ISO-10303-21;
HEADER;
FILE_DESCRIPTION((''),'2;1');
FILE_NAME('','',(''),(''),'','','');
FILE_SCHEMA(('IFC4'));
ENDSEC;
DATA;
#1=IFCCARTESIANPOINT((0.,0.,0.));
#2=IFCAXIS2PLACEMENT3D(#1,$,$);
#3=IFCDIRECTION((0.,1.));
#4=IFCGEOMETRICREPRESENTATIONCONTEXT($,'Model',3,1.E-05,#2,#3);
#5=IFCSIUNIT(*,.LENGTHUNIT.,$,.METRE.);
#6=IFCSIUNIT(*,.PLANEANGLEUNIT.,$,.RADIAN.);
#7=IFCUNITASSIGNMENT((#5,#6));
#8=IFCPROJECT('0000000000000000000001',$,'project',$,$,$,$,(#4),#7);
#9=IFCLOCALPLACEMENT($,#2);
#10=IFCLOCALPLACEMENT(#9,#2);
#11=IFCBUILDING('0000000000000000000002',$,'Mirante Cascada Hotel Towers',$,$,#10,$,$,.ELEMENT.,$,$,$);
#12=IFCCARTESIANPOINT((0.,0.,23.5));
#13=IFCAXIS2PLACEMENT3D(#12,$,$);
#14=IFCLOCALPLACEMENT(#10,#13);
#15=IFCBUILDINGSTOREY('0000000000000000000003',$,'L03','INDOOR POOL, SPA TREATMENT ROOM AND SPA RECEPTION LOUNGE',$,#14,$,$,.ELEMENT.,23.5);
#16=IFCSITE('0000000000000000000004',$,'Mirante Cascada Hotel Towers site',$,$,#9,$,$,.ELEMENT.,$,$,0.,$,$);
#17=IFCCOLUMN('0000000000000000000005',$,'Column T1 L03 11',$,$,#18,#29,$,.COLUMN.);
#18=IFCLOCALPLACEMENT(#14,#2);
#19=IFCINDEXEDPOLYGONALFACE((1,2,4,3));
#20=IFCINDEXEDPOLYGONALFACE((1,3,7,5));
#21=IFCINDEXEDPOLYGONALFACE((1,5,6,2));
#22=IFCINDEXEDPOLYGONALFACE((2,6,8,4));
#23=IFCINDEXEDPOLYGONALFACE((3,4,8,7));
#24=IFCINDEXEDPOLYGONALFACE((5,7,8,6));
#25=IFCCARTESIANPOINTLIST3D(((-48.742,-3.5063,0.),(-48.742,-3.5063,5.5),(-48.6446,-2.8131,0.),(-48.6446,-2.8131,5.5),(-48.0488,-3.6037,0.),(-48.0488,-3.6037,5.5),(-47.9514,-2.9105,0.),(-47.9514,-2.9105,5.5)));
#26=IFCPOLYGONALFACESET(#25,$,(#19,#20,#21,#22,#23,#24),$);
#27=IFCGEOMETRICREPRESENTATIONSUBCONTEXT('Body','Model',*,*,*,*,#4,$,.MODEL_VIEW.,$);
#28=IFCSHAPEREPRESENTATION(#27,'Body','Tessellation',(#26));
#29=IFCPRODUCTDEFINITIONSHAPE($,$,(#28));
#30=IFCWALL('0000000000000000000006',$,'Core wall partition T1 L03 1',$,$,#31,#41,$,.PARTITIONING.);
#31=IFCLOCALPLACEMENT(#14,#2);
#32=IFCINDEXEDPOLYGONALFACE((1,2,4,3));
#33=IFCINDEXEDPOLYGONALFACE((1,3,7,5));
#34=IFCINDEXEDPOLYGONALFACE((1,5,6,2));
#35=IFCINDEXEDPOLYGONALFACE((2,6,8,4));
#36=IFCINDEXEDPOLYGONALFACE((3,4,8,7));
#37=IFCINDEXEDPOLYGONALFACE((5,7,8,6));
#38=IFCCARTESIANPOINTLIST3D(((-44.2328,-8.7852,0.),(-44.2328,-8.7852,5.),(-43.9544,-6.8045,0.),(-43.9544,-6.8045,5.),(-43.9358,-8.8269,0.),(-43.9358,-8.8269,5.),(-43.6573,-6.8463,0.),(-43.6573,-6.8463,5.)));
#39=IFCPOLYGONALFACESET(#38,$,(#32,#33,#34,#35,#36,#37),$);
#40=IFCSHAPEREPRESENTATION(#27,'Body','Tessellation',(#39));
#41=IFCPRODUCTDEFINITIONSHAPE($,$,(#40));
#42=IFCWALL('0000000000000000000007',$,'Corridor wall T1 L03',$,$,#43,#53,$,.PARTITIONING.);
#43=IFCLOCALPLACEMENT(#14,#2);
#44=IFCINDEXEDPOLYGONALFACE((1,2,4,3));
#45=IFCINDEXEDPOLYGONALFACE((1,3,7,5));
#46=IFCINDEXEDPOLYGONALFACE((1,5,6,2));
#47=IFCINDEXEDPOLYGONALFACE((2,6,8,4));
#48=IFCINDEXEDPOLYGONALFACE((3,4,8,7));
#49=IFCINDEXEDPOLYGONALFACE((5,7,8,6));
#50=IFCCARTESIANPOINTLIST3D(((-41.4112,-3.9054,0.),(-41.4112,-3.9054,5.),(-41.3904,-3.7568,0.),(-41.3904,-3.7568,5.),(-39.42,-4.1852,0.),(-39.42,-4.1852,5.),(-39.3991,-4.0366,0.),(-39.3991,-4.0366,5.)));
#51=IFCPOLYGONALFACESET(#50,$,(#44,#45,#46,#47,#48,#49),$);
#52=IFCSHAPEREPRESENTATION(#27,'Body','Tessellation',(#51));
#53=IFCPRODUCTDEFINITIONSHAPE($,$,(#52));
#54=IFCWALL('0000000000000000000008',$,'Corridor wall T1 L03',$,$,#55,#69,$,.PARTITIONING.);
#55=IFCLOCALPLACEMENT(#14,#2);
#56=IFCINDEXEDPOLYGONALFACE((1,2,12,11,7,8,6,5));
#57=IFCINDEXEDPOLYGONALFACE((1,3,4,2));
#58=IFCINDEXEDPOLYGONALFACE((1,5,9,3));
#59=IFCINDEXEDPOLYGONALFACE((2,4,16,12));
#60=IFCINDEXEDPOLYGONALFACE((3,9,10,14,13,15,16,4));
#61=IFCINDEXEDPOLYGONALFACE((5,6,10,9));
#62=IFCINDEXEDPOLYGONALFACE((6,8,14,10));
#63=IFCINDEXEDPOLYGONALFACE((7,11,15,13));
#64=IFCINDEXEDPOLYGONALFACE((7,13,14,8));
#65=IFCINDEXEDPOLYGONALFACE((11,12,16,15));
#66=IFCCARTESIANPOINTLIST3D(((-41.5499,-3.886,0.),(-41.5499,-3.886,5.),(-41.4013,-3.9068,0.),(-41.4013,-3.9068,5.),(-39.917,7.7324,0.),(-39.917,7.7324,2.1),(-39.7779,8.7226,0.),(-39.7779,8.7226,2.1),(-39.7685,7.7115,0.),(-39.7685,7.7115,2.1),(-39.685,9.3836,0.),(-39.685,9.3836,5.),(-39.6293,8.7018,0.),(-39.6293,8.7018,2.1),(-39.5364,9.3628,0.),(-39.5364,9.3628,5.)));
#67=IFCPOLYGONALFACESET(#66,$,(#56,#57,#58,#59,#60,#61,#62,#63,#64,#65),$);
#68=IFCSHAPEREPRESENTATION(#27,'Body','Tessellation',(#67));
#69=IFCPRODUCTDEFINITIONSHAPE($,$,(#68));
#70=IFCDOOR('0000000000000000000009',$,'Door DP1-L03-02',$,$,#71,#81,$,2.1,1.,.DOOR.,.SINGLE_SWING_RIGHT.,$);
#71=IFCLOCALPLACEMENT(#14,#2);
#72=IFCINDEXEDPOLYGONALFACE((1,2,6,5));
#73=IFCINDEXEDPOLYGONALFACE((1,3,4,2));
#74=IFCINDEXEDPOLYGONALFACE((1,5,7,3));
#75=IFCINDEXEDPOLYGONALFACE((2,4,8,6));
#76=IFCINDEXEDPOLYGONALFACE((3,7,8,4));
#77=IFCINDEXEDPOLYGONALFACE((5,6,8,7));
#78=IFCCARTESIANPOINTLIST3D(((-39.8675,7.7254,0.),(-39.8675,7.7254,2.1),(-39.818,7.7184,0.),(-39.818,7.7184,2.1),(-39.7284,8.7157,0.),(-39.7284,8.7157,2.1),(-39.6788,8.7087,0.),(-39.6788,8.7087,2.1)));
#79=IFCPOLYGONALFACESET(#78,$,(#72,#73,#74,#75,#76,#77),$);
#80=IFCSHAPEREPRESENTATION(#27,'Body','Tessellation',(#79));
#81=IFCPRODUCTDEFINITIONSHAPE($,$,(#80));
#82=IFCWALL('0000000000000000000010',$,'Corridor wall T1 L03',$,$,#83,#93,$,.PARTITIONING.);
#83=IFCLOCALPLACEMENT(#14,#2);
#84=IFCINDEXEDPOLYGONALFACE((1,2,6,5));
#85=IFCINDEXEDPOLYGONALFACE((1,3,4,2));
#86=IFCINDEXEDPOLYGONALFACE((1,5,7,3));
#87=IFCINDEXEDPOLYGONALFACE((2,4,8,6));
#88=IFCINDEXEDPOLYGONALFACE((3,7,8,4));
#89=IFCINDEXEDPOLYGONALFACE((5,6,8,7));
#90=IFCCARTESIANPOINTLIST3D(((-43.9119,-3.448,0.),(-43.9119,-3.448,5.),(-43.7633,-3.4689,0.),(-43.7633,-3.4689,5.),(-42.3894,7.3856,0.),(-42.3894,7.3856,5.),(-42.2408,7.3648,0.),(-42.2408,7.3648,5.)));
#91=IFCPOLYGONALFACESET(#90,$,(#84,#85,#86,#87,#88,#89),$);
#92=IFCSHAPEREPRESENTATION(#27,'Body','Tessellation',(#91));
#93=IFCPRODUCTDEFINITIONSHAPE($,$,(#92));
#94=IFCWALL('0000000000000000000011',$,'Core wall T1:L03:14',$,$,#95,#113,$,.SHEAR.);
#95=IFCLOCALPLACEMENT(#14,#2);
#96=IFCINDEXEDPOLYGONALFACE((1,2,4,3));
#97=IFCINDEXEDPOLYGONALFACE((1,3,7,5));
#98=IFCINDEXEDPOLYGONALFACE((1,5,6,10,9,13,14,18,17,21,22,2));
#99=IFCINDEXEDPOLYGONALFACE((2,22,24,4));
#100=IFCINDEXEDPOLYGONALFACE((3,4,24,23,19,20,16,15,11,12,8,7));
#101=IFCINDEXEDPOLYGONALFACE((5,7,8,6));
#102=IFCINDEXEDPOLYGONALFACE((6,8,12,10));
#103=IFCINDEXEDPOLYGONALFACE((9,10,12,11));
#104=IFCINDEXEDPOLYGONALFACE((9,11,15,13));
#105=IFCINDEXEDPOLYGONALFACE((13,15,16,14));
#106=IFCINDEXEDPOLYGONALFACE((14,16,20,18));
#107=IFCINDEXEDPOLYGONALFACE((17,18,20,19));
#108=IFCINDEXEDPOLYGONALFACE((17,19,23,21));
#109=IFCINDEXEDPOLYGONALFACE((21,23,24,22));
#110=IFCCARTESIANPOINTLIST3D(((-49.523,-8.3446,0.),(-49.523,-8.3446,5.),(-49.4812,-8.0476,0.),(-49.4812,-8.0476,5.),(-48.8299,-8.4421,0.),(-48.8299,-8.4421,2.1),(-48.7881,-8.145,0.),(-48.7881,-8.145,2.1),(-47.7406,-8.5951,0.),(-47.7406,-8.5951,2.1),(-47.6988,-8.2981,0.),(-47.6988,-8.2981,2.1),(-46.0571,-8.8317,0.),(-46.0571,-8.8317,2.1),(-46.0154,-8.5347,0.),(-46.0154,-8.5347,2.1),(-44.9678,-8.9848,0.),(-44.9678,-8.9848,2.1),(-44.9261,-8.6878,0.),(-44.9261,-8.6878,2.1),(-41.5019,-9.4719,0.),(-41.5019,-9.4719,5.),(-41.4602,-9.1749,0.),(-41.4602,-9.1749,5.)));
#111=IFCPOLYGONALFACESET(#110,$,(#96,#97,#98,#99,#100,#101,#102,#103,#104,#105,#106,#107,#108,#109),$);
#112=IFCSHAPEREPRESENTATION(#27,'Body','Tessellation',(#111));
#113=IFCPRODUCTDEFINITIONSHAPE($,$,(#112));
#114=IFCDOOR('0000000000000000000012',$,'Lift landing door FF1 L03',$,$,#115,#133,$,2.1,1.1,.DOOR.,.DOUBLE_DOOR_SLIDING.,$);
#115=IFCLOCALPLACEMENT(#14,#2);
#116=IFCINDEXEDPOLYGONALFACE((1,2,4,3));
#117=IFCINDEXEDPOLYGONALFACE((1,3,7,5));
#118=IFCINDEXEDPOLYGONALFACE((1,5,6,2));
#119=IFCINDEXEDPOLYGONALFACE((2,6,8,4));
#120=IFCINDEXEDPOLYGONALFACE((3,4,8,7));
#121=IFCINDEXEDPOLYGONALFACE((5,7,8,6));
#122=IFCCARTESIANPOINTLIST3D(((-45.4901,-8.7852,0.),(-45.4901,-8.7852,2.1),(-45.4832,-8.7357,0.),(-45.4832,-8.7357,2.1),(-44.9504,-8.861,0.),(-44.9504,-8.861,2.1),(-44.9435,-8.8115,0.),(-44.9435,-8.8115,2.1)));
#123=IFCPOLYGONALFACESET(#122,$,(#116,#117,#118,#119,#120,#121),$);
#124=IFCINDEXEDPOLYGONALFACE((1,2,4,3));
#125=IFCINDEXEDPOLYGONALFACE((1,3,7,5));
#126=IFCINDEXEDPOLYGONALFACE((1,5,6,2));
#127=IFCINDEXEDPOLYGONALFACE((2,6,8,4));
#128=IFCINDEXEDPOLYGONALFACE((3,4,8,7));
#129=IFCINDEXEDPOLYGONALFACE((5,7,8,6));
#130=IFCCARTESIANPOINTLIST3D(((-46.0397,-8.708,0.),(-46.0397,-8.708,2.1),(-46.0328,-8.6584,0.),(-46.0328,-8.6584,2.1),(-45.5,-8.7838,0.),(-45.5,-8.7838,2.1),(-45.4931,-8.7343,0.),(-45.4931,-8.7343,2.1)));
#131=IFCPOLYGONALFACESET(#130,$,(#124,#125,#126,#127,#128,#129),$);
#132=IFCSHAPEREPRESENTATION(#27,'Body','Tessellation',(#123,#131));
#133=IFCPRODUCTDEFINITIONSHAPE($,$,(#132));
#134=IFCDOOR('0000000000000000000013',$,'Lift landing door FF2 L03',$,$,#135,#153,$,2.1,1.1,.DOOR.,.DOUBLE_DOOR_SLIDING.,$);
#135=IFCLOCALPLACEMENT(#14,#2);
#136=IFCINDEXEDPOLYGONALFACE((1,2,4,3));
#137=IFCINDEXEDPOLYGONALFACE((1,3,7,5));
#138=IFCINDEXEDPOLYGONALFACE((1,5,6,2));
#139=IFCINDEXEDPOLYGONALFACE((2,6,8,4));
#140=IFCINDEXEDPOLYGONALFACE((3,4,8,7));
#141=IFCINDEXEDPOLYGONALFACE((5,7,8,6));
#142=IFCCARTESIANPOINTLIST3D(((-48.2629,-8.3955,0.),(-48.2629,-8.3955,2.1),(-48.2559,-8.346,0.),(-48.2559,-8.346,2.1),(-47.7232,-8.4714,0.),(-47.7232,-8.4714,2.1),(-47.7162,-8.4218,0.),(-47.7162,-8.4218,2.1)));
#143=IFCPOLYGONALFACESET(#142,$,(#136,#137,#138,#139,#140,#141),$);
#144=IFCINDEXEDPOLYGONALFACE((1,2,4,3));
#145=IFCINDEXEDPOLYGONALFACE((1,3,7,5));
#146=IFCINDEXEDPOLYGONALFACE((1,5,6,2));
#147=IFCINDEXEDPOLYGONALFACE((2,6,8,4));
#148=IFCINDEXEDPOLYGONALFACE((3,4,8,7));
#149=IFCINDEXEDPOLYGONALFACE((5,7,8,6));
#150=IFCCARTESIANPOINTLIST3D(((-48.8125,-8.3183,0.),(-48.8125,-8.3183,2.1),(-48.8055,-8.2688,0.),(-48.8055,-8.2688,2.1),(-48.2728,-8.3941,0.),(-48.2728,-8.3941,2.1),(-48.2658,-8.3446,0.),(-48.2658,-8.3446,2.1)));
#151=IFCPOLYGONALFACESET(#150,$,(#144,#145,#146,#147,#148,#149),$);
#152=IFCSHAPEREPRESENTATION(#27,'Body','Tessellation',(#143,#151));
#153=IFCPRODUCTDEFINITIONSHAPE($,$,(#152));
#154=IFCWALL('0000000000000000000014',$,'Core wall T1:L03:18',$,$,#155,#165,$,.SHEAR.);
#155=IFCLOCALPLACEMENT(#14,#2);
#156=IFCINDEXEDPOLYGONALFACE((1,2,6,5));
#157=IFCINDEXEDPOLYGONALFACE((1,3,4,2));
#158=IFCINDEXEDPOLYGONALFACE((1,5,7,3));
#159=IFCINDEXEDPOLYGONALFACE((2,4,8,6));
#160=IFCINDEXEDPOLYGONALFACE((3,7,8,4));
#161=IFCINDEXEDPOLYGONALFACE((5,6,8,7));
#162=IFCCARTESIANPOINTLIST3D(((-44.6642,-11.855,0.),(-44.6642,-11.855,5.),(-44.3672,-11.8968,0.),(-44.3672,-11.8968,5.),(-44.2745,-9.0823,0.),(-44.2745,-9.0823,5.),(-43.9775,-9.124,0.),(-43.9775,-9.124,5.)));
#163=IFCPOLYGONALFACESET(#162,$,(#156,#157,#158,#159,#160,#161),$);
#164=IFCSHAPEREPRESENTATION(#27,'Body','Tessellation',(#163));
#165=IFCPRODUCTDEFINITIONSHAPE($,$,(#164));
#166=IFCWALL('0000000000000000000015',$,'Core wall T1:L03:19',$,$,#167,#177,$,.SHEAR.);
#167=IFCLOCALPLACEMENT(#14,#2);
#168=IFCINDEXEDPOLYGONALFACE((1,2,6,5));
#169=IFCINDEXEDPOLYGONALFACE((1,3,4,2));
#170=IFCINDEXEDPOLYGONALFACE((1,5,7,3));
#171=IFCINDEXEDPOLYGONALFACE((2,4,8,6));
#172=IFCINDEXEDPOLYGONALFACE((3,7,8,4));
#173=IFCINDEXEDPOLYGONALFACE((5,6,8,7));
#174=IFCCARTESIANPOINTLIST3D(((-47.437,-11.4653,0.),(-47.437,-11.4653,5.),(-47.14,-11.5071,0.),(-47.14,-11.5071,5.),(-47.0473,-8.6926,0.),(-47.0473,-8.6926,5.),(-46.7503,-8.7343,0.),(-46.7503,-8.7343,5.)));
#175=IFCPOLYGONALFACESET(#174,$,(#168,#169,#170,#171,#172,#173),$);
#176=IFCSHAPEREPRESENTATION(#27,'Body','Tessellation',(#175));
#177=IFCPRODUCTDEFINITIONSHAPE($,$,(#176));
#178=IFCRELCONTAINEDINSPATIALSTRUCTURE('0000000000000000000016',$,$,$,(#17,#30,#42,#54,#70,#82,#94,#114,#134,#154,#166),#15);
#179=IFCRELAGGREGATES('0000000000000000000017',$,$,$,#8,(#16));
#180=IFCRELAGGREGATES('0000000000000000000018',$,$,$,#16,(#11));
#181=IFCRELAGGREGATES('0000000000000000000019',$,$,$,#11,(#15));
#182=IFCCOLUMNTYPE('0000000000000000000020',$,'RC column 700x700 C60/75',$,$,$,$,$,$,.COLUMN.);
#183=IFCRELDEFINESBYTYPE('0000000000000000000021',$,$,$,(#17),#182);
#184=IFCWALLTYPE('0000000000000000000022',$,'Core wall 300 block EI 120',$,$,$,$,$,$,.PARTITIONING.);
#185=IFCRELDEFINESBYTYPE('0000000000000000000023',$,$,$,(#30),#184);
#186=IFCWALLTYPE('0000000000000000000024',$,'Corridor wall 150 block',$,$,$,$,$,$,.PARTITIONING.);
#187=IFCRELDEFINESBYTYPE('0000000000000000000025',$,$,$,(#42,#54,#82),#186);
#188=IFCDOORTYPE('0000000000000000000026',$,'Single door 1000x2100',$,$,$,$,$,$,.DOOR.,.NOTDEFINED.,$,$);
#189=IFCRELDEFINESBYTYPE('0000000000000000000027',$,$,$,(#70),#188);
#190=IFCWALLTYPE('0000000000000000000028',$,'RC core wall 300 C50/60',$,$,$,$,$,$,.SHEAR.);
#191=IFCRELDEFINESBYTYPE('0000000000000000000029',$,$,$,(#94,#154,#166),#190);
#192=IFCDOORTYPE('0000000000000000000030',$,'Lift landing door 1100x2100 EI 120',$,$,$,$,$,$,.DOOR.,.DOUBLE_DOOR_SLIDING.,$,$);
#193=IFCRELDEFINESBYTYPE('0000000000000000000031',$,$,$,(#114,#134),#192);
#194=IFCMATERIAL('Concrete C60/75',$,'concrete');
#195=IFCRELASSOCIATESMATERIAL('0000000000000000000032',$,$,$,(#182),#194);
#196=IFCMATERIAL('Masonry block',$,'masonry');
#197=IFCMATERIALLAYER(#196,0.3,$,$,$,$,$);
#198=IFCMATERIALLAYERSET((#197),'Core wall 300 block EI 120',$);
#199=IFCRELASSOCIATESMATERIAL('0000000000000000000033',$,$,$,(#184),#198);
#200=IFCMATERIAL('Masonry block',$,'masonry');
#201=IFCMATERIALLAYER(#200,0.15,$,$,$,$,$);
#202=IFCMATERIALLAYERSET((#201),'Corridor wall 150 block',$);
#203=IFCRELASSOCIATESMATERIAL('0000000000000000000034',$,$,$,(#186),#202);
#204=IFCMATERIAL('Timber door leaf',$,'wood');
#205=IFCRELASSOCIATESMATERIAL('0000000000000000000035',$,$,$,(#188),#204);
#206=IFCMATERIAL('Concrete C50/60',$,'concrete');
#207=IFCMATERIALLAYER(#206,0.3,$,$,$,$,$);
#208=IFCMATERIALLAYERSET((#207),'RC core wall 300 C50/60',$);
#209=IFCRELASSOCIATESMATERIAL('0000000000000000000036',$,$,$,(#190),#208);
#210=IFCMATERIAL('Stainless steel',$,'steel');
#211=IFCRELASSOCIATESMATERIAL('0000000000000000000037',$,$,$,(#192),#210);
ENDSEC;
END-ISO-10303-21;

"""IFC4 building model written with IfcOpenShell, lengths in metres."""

from ifc_helpers import new_model, si_unit, direction, frame, frame_2d, origin, origin_2d, place, context, subcontext, project, spatial, rectangle, extrude, material, layer, layer_set, material_profile, profile_set, type_object, element, fill, save


model = new_model("IFC4")

# Units and contexts
model_context = context("Model", 3, precision=1e-05, world=origin(), true_north=direction((0.0, 1.0)))
body_context = subcontext(model_context, "Body", "Model", "MODEL_VIEW")
ifc_project = project(units=[si_unit("LENGTHUNIT", "METRE"), si_unit("PLANEANGLEUNIT", "RADIAN")], contexts=[model_context])

# Site, building, storey
site_placement = place(None, origin())
site = spatial("IfcSite", under=ifc_project, at=site_placement, Name="Mirante Cascada Hotel Towers site", CompositionType="ELEMENT", RefElevation=0.0)
building_placement = place(site_placement, origin())
building = spatial("IfcBuilding", under=site, at=building_placement, Name="Mirante Cascada Hotel Towers", CompositionType="ELEMENT")
storey_placement = place(building_placement, frame((0.0, 0.0, 23.5)))
storey = spatial("IfcBuildingStorey", under=building, at=storey_placement, Name="L03", Description="INDOOR POOL, SPA TREATMENT ROOM AND SPA RECEPTION LOUNGE", CompositionType="ELEMENT", Elevation=23.5)

# Column
ifc_material_1 = material(Name="Concrete C60/75", Category="concrete")
ifc_material_profile = material_profile(ifc_material_1, rectangle(XDim=0.7, YDim=0.7, at=origin_2d()), Name="RC column 700x700 C60/75")
ifc_profile_set = profile_set([ifc_material_profile], Name="Concrete C60/75")
column_type = type_object("IfcColumnType", Name="RC column 700x700 C60/75", PredefinedType="COLUMN", material=ifc_profile_set)
column_placement = place(storey_placement, frame((-48.3467, -3.2084, 0.0), z_axis=(0.0, 0.0, 1.0), x_axis=(-0.990268, 0.139173, 0.0)))
element("IfcColumn", 1, at=column_placement, inside=storey, type_object=column_type, Name="Column T1 L03 11", PredefinedType="COLUMN", context=body_context, shape_type="SweptSolid", body=[
    extrude(rectangle(XDim=0.7, YDim=0.7, at=origin_2d()), origin(), (0.0, 0.0, 1.0), 5.5),
])

# Walls
ifc_material_2 = material(Name="Masonry block", Category="masonry")
ifc_layer_1 = layer(ifc_material_2, 0.3)
ifc_layer_set_1 = layer_set([ifc_layer_1], Name="Core wall 300 block EI 120")
wall_type_1 = type_object("IfcWallType", Name="Core wall 300 block EI 120", PredefinedType="PARTITIONING", material=ifc_layer_set_1)
wall_1_placement = place(storey_placement, frame((-44.0843, -8.8061, 0.0), z_axis=(0.0, 0.0, 1.0), x_axis=(0.139195, 0.990265, 0.0)))
element("IfcWall", 2, at=wall_1_placement, inside=storey, type_object=wall_type_1, Name="Core wall partition T1 L03 1", PredefinedType="PARTITIONING", context=body_context, shape_type="SweptSolid", body=[
    extrude(rectangle(XDim=2.0001, YDim=0.3, at=frame_2d((1.0001, 0.0))), origin(), (0.0, 0.0, 1.0), 5.0),
])
ifc_material_3 = material(Name="Masonry block", Category="masonry")
ifc_layer_2 = layer(ifc_material_3, 0.15)
ifc_layer_set_2 = layer_set([ifc_layer_2], Name="Corridor wall 150 block")
wall_type_2 = type_object("IfcWallType", Name="Corridor wall 150 block", PredefinedType="PARTITIONING", material=ifc_layer_set_2)
wall_2_placement = place(storey_placement, frame((-41.4008, -3.8311, 0.0), z_axis=(0.0, 0.0, 1.0), x_axis=(0.990271, -0.139151, 0.0)))
element("IfcWall", 3, at=wall_2_placement, inside=storey, type_object=wall_type_2, Name="Corridor wall T1 L03", PredefinedType="PARTITIONING", context=body_context, shape_type="SweptSolid", body=[
    extrude(rectangle(XDim=2.0108, YDim=0.15, at=frame_2d((1.0054, 0.0))), origin(), (0.0, 0.0, 1.0), 5.0),
])

# Wall, opening, door
wall_3_placement = place(storey_placement, frame((-41.4756, -3.8964, 0.0), z_axis=(0.0, 0.0, 1.0), x_axis=(0.139172, 0.990268, 0.0)))
wall_3 = element("IfcWall", 4, at=wall_3_placement, inside=storey, type_object=wall_type_2, Name="Corridor wall T1 L03", PredefinedType="PARTITIONING", context=body_context, shape_type="SweptSolid", body=[
    extrude(rectangle(XDim=13.4, YDim=0.15, at=frame_2d((6.7, 0.0))), origin(), (0.0, 0.0, 1.0), 5.0),
])
opening_1_placement = place(wall_3_placement, frame((11.7325, 0.0, 0.0)))
opening_1 = element("IfcOpeningElement", 5, at=opening_1_placement, cuts=wall_3, PredefinedType="OPENING", context=body_context, shape_type="SweptSolid", body=[
    extrude(rectangle(XDim=1.0, YDim=2.1, at=frame_2d((0.5, 1.05))), frame((0.0, 0.075, 0.0), z_axis=(0.0, -1.0, 0.0), x_axis=(1.0, 0.0, 0.0)), (0.0, 0.0, 1.0), 0.15),
])
ifc_material_4 = material(Name="Timber door leaf", Category="wood")
door_type_1 = type_object("IfcDoorType", Name="Single door 1000x2100", OperationType="NOTDEFINED", PredefinedType="DOOR", material=ifc_material_4)
door_1_placement = place(opening_1_placement, frame((1.0, 0.0, 0.0), z_axis=(0.0, 0.0, 1.0), x_axis=(-1.0, 0.0, 0.0)))
door_1 = element("IfcDoor", 6, at=door_1_placement, inside=storey, type_object=door_type_1, Name="Door DP1-L03-02", OperationType="SINGLE_SWING_RIGHT", OverallHeight=2.1, OverallWidth=1.0, PredefinedType="DOOR", context=body_context, shape_type="SweptSolid", body=[
    extrude(rectangle(XDim=1.0, YDim=2.1, at=frame_2d((0.5, 1.05))), frame((0.0, 0.025, 0.0), z_axis=(0.0, -1.0, 0.0), x_axis=(1.0, 0.0, 0.0)), (0.0, 0.0, 1.0), 0.05),
])
fill(opening_1, door_1)

# Wall
wall_4_placement = place(storey_placement, frame((-43.8376, -3.4584, 0.0), z_axis=(0.0, 0.0, 1.0), x_axis=(0.139167, 0.990269, 0.0)))
element("IfcWall", 7, at=wall_4_placement, inside=storey, type_object=wall_type_2, Name="Corridor wall T1 L03", PredefinedType="PARTITIONING", context=body_context, shape_type="SweptSolid", body=[
    extrude(rectangle(XDim=10.9401, YDim=0.15, at=frame_2d((5.47, 0.0))), origin(), (0.0, 0.0, 1.0), 5.0),
])

# Wall, openings, doors
ifc_material_5 = material(Name="Concrete C50/60", Category="concrete")
ifc_layer_3 = layer(ifc_material_5, 0.3)
ifc_layer_set_3 = layer_set([ifc_layer_3], Name="RC core wall 300 C50/60")
wall_type_3 = type_object("IfcWallType", Name="RC core wall 300 C50/60", PredefinedType="SHEAR", material=ifc_layer_set_3)
wall_5_placement = place(storey_placement, frame((-41.481, -9.3234, 0.0), z_axis=(0.0, 0.0, 1.0), x_axis=(-0.990268, 0.139174, 0.0)))
wall_5 = element("IfcWall", 8, at=wall_5_placement, inside=storey, type_object=wall_type_3, Name="Core wall T1:L03:14", PredefinedType="SHEAR", context=body_context, shape_type="SweptSolid", body=[
    extrude(rectangle(XDim=8.0999, YDim=0.3, at=frame_2d((4.05, 0.0))), origin(), (0.0, 0.0, 1.0), 5.0),
])
opening_2_placement = place(wall_5_placement, frame((3.5, 0.0, 0.0)))
opening_2 = element("IfcOpeningElement", 9, at=opening_2_placement, cuts=wall_5, PredefinedType="OPENING", context=body_context, shape_type="SweptSolid", body=[
    extrude(rectangle(XDim=1.1, YDim=2.1, at=frame_2d((0.55, 1.05))), frame((0.0, 0.15, 0.0), z_axis=(0.0, -1.0, 0.0), x_axis=(1.0, 0.0, 0.0)), (0.0, 0.0, 1.0), 0.3),
])
opening_3_placement = place(wall_5_placement, frame((6.3, 0.0, 0.0)))
opening_3 = element("IfcOpeningElement", 10, at=opening_3_placement, cuts=wall_5, PredefinedType="OPENING", context=body_context, shape_type="SweptSolid", body=[
    extrude(rectangle(XDim=1.1, YDim=2.1, at=frame_2d((0.55, 1.05))), frame((0.0, 0.15, 0.0), z_axis=(0.0, -1.0, 0.0), x_axis=(1.0, 0.0, 0.0)), (0.0, 0.0, 1.0), 0.3),
])
ifc_material_6 = material(Name="Stainless steel", Category="steel")
door_type_2 = type_object("IfcDoorType", Name="Lift landing door 1100x2100 EI 120", OperationType="DOUBLE_DOOR_SLIDING", PredefinedType="DOOR", material=ifc_material_6)
door_2_placement = place(opening_2_placement, origin())
door_2 = element("IfcDoor", 11, at=door_2_placement, inside=storey, type_object=door_type_2, Name="Lift landing door FF1 L03", OperationType="DOUBLE_DOOR_SLIDING", OverallHeight=2.1, OverallWidth=1.1, PredefinedType="DOOR", context=body_context, shape_type="SweptSolid", body=[
    extrude(rectangle(XDim=0.545, YDim=2.1, at=frame_2d((0.2725, 1.05))), frame((0.0, 0.025, 0.0), z_axis=(0.0, -1.0, 0.0), x_axis=(1.0, 0.0, 0.0)), (0.0, 0.0, 1.0), 0.05),
    extrude(rectangle(XDim=0.545, YDim=2.1, at=frame_2d((0.8275, 1.05))), frame((0.0, 0.025, 0.0), z_axis=(0.0, -1.0, 0.0), x_axis=(1.0, 0.0, 0.0)), (0.0, 0.0, 1.0), 0.05),
])
fill(opening_2, door_2)
door_3_placement = place(opening_3_placement, origin())
door_3 = element("IfcDoor", 12, at=door_3_placement, inside=storey, type_object=door_type_2, Name="Lift landing door FF2 L03", OperationType="DOUBLE_DOOR_SLIDING", OverallHeight=2.1, OverallWidth=1.1, PredefinedType="DOOR", context=body_context, shape_type="SweptSolid", body=[
    extrude(rectangle(XDim=0.545, YDim=2.1, at=frame_2d((0.2725, 1.05))), frame((0.0, 0.025, 0.0), z_axis=(0.0, -1.0, 0.0), x_axis=(1.0, 0.0, 0.0)), (0.0, 0.0, 1.0), 0.05),
    extrude(rectangle(XDim=0.545, YDim=2.1, at=frame_2d((0.8275, 1.05))), frame((0.0, 0.025, 0.0), z_axis=(0.0, -1.0, 0.0), x_axis=(1.0, 0.0, 0.0)), (0.0, 0.0, 1.0), 0.05),
])
fill(opening_3, door_3)

# Walls
for number, where, z_axis, x_axis, name in (
    (13, (-44.5157, -11.8759, 0.0), (0.0, 0.0, 1.0), (0.139181, 0.990267, 0.0), "Core wall T1:L03:18"),
    (14, (-47.2885, -11.4862, 0.0), (0.0, 0.0, 1.0), (0.139181, 0.990267, 0.0), "Core wall T1:L03:19"),
):
    element("IfcWall", number, at=place(storey_placement, frame(where, z_axis=z_axis, x_axis=x_axis)), inside=storey, type_object=wall_type_3, Name=name, PredefinedType="SHEAR", context=body_context, shape_type="SweptSolid", body=[
        extrude(rectangle(XDim=2.8, YDim=0.3, at=frame_2d((1.4, 0.0))), origin(), (0.0, 0.0, 1.0), 5.0),
    ])

save(model, "model.ifc")
